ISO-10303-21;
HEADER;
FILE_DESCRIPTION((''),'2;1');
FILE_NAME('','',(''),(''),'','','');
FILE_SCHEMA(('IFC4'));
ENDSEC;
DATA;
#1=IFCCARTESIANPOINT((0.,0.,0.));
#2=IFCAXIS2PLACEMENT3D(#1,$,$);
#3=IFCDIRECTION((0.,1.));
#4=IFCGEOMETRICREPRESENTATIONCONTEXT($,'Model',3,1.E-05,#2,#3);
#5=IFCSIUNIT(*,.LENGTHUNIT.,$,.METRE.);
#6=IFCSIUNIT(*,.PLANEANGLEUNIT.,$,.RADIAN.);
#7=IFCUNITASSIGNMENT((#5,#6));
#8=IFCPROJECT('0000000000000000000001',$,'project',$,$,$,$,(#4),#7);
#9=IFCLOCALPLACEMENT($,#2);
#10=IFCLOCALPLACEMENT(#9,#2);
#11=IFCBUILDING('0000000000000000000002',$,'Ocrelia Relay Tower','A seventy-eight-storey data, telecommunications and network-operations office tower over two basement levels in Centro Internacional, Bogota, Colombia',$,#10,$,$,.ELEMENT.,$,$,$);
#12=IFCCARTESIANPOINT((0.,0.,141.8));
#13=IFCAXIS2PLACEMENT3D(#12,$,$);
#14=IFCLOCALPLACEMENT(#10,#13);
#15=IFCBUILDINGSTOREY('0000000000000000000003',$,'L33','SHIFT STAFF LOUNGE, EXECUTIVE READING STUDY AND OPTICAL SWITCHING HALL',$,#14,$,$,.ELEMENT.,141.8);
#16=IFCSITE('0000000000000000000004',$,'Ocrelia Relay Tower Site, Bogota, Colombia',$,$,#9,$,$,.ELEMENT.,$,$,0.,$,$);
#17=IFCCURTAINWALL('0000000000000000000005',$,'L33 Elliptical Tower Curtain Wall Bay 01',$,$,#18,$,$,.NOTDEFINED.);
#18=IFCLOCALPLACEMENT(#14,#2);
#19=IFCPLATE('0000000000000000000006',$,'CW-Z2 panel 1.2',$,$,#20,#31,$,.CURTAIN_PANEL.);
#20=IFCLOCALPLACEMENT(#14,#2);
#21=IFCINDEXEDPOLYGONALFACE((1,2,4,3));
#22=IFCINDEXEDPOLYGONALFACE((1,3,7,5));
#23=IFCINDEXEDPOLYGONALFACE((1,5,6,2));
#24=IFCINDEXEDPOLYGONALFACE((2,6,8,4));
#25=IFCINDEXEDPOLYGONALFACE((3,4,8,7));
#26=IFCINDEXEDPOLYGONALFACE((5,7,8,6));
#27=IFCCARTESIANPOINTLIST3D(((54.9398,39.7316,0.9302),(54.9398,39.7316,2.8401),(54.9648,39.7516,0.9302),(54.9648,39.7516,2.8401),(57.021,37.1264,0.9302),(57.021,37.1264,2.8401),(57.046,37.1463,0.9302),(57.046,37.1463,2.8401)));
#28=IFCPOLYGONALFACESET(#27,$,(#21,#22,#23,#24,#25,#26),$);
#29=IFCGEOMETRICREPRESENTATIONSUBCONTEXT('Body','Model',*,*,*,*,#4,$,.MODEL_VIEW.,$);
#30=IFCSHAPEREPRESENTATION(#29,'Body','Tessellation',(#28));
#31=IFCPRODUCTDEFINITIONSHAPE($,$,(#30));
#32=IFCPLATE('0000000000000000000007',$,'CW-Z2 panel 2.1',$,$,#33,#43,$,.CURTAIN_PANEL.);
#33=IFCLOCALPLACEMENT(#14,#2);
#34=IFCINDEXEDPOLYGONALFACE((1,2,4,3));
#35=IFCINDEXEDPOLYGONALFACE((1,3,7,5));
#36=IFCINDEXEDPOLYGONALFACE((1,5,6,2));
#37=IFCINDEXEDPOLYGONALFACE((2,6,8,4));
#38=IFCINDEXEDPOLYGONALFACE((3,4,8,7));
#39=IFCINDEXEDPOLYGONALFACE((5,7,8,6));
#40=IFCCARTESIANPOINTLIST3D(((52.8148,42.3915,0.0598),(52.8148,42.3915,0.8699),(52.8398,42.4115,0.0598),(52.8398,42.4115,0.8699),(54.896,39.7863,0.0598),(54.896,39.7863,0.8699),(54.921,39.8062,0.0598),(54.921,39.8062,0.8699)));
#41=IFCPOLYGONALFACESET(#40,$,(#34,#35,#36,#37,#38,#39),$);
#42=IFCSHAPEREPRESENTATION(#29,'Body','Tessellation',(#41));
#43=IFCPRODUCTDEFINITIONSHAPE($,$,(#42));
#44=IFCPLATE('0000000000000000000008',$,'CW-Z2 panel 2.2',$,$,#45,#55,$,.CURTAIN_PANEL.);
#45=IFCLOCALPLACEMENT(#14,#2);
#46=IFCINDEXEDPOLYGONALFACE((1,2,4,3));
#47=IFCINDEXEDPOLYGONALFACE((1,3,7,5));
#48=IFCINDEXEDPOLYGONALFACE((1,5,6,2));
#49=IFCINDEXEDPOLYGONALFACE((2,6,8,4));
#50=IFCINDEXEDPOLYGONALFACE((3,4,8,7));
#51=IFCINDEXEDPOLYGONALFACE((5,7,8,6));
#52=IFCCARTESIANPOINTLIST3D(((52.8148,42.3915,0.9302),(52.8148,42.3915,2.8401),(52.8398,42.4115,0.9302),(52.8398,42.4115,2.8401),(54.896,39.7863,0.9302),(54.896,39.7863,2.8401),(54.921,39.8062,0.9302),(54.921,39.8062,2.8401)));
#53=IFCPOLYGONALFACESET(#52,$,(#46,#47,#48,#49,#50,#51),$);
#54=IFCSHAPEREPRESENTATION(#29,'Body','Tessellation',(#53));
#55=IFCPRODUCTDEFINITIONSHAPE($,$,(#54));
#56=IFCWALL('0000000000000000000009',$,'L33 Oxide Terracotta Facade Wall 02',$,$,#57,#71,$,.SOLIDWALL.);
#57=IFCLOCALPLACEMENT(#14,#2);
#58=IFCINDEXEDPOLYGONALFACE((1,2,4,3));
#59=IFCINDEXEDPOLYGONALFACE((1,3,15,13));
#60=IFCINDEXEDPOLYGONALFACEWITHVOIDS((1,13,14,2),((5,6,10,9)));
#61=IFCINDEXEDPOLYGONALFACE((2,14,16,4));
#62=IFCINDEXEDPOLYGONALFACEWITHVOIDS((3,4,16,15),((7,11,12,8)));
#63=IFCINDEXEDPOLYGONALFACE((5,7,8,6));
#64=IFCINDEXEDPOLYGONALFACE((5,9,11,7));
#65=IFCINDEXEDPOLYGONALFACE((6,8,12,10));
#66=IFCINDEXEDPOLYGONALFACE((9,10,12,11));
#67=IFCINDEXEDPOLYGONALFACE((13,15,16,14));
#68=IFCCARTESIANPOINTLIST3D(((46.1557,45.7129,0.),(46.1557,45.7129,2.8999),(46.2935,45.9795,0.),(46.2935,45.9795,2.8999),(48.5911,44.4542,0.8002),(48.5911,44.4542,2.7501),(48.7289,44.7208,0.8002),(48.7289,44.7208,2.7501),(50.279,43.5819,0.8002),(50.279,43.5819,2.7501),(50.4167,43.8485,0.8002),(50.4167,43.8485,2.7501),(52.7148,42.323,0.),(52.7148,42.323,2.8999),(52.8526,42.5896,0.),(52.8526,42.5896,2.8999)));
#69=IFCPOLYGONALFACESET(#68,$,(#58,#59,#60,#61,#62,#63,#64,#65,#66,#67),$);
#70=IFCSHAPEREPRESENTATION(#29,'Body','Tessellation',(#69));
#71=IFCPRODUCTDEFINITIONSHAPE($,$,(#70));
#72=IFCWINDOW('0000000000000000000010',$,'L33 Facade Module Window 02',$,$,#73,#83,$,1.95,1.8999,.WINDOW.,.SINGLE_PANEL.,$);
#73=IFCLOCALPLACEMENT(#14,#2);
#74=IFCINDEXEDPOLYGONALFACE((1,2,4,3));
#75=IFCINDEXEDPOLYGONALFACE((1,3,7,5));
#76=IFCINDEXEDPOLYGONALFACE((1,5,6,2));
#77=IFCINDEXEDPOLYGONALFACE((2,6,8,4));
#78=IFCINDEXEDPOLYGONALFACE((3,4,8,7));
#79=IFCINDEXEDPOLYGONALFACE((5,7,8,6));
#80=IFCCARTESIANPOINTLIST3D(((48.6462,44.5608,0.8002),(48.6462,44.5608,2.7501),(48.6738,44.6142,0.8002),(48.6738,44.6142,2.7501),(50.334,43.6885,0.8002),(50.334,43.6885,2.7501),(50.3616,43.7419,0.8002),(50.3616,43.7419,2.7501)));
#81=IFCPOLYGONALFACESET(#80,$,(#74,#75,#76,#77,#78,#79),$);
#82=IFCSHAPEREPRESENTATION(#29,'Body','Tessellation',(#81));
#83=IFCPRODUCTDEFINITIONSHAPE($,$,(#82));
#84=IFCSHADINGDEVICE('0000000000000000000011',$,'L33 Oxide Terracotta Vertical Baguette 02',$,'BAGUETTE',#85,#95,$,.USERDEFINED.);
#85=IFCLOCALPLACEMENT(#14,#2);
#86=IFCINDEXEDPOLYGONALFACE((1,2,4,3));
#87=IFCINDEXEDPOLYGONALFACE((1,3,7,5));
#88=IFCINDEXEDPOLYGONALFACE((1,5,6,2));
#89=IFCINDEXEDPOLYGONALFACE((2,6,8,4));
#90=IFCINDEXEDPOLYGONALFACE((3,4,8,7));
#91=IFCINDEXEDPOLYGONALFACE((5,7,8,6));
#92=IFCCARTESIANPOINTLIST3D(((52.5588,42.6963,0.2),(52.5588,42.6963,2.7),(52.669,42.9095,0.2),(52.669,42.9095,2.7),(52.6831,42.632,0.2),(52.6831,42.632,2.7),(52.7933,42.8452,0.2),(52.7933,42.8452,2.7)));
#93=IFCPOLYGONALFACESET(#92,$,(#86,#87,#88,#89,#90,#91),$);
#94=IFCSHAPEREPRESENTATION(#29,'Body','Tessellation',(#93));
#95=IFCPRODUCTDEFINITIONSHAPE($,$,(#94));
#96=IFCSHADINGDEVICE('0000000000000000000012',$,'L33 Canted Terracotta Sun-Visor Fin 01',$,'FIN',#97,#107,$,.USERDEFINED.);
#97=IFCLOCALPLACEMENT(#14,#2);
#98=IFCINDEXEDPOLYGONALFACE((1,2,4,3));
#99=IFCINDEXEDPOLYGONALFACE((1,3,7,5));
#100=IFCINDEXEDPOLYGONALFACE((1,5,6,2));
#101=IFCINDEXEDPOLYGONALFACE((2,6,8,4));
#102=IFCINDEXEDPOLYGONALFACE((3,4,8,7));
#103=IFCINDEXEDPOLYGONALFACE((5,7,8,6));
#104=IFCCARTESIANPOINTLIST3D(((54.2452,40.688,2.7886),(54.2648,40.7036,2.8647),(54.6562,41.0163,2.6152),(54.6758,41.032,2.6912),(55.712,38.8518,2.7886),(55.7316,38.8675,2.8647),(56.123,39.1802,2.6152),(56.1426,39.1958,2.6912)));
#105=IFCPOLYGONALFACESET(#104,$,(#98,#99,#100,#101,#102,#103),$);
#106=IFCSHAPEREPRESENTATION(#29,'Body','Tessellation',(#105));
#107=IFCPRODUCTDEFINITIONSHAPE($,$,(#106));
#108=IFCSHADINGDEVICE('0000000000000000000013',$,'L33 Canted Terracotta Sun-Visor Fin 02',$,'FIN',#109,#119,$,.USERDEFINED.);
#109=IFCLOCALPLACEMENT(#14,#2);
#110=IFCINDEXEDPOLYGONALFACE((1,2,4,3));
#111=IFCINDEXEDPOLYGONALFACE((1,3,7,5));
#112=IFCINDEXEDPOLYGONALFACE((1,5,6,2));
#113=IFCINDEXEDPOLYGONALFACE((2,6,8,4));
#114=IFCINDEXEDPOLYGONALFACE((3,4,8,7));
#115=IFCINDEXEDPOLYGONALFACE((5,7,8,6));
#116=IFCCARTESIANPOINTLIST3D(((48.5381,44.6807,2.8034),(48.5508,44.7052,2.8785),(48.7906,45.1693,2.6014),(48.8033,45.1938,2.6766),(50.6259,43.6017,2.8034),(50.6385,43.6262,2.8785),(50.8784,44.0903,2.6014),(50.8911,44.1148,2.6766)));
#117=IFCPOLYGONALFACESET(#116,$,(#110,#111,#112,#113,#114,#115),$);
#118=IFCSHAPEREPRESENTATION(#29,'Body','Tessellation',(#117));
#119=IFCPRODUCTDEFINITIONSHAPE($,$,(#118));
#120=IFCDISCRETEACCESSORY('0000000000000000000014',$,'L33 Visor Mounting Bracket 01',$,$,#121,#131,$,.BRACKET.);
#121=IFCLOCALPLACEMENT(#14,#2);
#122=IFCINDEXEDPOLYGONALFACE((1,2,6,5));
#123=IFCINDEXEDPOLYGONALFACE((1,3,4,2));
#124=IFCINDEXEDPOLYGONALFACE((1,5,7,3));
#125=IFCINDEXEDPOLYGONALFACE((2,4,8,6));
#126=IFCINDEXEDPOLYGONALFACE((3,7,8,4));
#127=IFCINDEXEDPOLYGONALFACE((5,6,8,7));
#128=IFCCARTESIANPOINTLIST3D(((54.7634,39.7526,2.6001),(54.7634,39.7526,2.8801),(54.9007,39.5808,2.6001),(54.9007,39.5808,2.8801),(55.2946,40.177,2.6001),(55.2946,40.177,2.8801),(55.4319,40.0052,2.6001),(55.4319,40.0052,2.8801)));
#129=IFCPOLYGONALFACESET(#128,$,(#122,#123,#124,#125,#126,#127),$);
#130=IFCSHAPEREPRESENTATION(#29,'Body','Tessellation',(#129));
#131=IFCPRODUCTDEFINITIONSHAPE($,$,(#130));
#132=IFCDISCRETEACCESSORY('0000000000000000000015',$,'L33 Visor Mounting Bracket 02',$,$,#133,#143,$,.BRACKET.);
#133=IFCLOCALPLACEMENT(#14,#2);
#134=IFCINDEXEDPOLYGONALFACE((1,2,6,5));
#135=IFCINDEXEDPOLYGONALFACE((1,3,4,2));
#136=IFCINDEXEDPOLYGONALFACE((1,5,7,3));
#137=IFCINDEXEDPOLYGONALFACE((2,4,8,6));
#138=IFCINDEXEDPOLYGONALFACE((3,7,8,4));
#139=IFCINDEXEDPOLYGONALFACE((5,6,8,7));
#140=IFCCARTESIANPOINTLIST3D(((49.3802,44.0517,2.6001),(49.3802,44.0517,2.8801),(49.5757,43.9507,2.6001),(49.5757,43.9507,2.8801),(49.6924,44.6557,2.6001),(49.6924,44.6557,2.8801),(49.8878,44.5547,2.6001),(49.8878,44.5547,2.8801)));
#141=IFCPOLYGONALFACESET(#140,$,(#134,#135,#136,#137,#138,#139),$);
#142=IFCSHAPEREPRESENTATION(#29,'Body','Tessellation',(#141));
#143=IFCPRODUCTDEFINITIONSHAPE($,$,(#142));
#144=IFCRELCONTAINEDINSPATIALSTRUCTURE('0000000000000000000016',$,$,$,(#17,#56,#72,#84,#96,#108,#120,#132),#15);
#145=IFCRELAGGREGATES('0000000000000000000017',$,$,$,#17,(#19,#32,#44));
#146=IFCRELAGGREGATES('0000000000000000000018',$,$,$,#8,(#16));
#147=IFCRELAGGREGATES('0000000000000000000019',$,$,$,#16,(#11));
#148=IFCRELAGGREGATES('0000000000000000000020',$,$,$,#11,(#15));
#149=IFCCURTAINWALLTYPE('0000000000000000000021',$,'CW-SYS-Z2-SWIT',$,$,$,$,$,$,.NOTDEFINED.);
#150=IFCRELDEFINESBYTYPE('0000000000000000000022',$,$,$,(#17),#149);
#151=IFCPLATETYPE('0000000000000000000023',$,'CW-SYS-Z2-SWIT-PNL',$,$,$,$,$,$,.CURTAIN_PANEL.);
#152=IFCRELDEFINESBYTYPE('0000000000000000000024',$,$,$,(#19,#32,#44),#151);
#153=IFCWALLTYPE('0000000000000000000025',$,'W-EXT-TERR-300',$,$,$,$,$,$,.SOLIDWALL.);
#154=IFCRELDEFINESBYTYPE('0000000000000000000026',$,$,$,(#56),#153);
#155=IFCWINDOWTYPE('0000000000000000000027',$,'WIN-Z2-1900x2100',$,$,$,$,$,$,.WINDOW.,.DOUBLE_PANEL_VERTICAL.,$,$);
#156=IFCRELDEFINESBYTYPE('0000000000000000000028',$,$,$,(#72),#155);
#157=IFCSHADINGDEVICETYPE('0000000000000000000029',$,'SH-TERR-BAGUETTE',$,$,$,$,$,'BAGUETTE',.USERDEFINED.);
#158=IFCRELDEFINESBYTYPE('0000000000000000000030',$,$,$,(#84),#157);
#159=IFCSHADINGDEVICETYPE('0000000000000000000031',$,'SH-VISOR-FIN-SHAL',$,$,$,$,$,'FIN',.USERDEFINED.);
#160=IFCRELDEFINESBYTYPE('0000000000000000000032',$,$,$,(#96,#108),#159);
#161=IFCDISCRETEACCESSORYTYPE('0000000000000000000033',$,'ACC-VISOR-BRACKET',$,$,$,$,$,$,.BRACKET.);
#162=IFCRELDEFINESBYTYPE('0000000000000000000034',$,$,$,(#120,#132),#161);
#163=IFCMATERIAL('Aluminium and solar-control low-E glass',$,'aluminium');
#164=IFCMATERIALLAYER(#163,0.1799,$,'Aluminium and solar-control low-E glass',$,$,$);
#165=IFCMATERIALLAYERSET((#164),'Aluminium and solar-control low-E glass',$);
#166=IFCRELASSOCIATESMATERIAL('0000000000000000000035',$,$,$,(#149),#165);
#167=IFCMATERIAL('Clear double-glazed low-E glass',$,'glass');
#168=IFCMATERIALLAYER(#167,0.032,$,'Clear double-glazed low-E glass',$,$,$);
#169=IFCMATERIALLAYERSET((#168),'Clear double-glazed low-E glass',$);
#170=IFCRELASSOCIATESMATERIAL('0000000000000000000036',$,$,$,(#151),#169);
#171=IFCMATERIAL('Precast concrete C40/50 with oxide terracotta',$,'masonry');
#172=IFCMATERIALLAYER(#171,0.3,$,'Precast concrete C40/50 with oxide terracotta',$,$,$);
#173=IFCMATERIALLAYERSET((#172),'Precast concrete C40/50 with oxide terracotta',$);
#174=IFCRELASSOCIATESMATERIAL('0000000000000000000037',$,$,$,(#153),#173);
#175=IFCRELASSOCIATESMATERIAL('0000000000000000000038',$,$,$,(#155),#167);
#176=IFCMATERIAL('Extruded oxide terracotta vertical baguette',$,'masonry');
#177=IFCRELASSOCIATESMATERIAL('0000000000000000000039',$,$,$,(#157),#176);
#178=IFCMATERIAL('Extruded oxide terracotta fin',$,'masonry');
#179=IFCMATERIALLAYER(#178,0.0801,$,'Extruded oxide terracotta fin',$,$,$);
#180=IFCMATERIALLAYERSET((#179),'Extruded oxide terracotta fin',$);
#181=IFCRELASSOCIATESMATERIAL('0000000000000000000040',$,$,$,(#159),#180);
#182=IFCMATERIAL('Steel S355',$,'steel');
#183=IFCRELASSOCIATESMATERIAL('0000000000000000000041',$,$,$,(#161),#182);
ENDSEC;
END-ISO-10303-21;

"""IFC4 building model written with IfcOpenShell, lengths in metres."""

from ifc_helpers import new_model, si_unit, direction, frame, frame_2d, origin, origin_2d, place, context, subcontext, project, spatial, rectangle, extrude, material, layer, layer_set, type_object, element, fill, aggregate, save


model = new_model("IFC4")

# Units and contexts
model_context = context("Model", 3, precision=1e-05, world=origin(), true_north=direction((0.0, 1.0)))
body_context = subcontext(model_context, "Body", "Model", "MODEL_VIEW")
ifc_project = project(units=[si_unit("LENGTHUNIT", "METRE"), si_unit("PLANEANGLEUNIT", "RADIAN")], contexts=[model_context])

# Site, building, storey
site_placement = place(None, origin())
site = spatial("IfcSite", under=ifc_project, at=site_placement, Name="Ocrelia Relay Tower Site, Bogota, Colombia", CompositionType="ELEMENT", RefElevation=0.0)
building_placement = place(site_placement, origin())
building = spatial("IfcBuilding", under=site, at=building_placement, Name="Ocrelia Relay Tower", Description="A seventy-eight-storey data, telecommunications and network-operations office tower over two basement levels in Centro Internacional, Bogota, Colombia", CompositionType="ELEMENT")
storey_placement = place(building_placement, frame((0.0, 0.0, 141.8)))
storey = spatial("IfcBuildingStorey", under=building, at=storey_placement, Name="L33", Description="SHIFT STAFF LOUNGE, EXECUTIVE READING STUDY AND OPTICAL SWITCHING HALL", CompositionType="ELEMENT", Elevation=141.8)

# Curtain wall
ifc_material_1 = material(Name="Aluminium and solar-control low-E glass", Category="aluminium")
ifc_layer_1 = layer(ifc_material_1, 0.1799, Name="Aluminium and solar-control low-E glass")
ifc_layer_set_1 = layer_set([ifc_layer_1], Name="Aluminium and solar-control low-E glass")
curtain_wall_type = type_object("IfcCurtainWallType", Name="CW-SYS-Z2-SWIT", PredefinedType="NOTDEFINED", material=ifc_layer_set_1)
curtain_wall_1_placement = place(storey_placement, origin())
curtain_wall_1 = element("IfcCurtainWall", 1, at=curtain_wall_1_placement, inside=storey, type_object=curtain_wall_type, Name="L33 Elliptical Tower Curtain Wall Bay 01", PredefinedType="NOTDEFINED")

# Plates
ifc_material_2 = material(Name="Clear double-glazed low-E glass", Category="glass")
ifc_layer_2 = layer(ifc_material_2, 0.032, Name="Clear double-glazed low-E glass")
ifc_layer_set_2 = layer_set([ifc_layer_2], Name="Clear double-glazed low-E glass")
plate_type = type_object("IfcPlateType", Name="CW-SYS-Z2-SWIT-PNL", PredefinedType="CURTAIN_PANEL", material=ifc_layer_set_2)
plate_1_placement = place(storey_placement, frame((55.9929, 38.439, 0.9302), z_axis=(0.0, 0.0, 1.0), x_axis=(-0.624149, 0.781305, 0.0)))
plate_1 = element("IfcPlate", 2, at=plate_1_placement, type_object=plate_type, Name="CW-Z2 panel 1.2", PredefinedType="CURTAIN_PANEL", context=body_context, shape_type="SweptSolid", body=[
    extrude(rectangle(XDim=3.3345, YDim=0.032, at=origin_2d()), origin(), (0.0, 0.0, 1.0), 1.9099),
])
plate_2_placement = place(storey_placement, frame((53.8679, 41.0989, 0.0598), z_axis=(0.0, 0.0, 1.0), x_axis=(-0.624149, 0.781305, 0.0)))
plate_2 = element("IfcPlate", 3, at=plate_2_placement, type_object=plate_type, Name="CW-Z2 panel 2.1", PredefinedType="CURTAIN_PANEL", context=body_context, shape_type="SweptSolid", body=[
    extrude(rectangle(XDim=3.3345, YDim=0.032, at=origin_2d()), origin(), (0.0, 0.0, 1.0), 0.8101),
])
plate_3_placement = place(storey_placement, frame((53.8679, 41.0989, 0.9302), z_axis=(0.0, 0.0, 1.0), x_axis=(-0.624149, 0.781305, 0.0)))
plate_3 = element("IfcPlate", 4, at=plate_3_placement, type_object=plate_type, Name="CW-Z2 panel 2.2", PredefinedType="CURTAIN_PANEL", context=body_context, shape_type="SweptSolid", body=[
    extrude(rectangle(XDim=3.3345, YDim=0.032, at=origin_2d()), origin(), (0.0, 0.0, 1.0), 1.9099),
])
aggregate(curtain_wall_1, [plate_1, plate_2, plate_3])

# Wall, opening, window
ifc_material_3 = material(Name="Precast concrete C40/50 with oxide terracotta", Category="masonry")
ifc_layer_3 = layer(ifc_material_3, 0.3, Name="Precast concrete C40/50 with oxide terracotta")
ifc_layer_set_3 = layer_set([ifc_layer_3], Name="Precast concrete C40/50 with oxide terracotta")
wall_type = type_object("IfcWallType", Name="W-EXT-TERR-300", PredefinedType="SOLIDWALL", material=ifc_layer_set_3)
wall_placement = place(storey_placement, frame((52.7837, 42.4563, 0.0), z_axis=(0.0, 0.0, 1.0), x_axis=(-0.888369, 0.459131, 0.0)))
wall = element("IfcWall", 5, at=wall_placement, inside=storey, type_object=wall_type, Name="L33 Oxide Terracotta Facade Wall 02", PredefinedType="SOLIDWALL", context=body_context, shape_type="SweptSolid", body=[
    extrude(rectangle(XDim=7.3833, YDim=0.3, at=frame_2d((3.6917, 0.0))), origin(), (0.0, 0.0, 1.0), 2.8999),
])
opening_placement = place(wall_placement, frame((2.7419, 0.0, 0.8)))
opening = element("IfcOpeningElement", 6, at=opening_placement, cuts=wall, PredefinedType="OPENING", context=body_context, shape_type="SweptSolid", body=[
    extrude(rectangle(XDim=1.8999, YDim=1.95, at=frame_2d((0.95, 0.9751))), frame((0.0, 0.1602, 0.0), z_axis=(0.0, -1.0, 0.0), x_axis=(1.0, 0.0, 0.0)), (0.0, 0.0, 1.0), 0.3201),
])
window_type = type_object("IfcWindowType", Name="WIN-Z2-1900x2100", PartitioningType="DOUBLE_PANEL_VERTICAL", PredefinedType="WINDOW", material=ifc_material_2)
window_placement = place(opening_placement, origin())
window = element("IfcWindow", 7, at=window_placement, inside=storey, type_object=window_type, Name="L33 Facade Module Window 02", OverallHeight=1.95, OverallWidth=1.8999, PartitioningType="SINGLE_PANEL", PredefinedType="WINDOW", context=body_context, shape_type="SweptSolid", body=[
    extrude(rectangle(XDim=1.8999, YDim=1.95, at=frame_2d((0.95, 0.9751))), frame((0.0, 0.03, 0.0), z_axis=(0.0, -1.0, 0.0), x_axis=(1.0, 0.0, 0.0)), (0.0, 0.0, 1.0), 0.0601),
])
fill(opening, window)

# Shading devices
ifc_material_4 = material(Name="Extruded oxide terracotta vertical baguette", Category="masonry")
shading_device_type_1 = type_object("IfcShadingDeviceType", Name="SH-TERR-BAGUETTE", ElementType="BAGUETTE", PredefinedType="USERDEFINED", material=ifc_material_4)
shading_device_1_placement = place(storey_placement, frame((52.676, 42.7708, 0.2), z_axis=(0.0, 0.0, 1.0), x_axis=(-0.888369, 0.45913, 0.0)))
element("IfcShadingDevice", 8, at=shading_device_1_placement, inside=storey, type_object=shading_device_type_1, Name="L33 Oxide Terracotta Vertical Baguette 02", ObjectType="BAGUETTE", PredefinedType="USERDEFINED", context=body_context, shape_type="SweptSolid", body=[
    extrude(rectangle(XDim=0.1399, YDim=0.24, at=origin_2d()), origin(), (0.0, 0.0, 1.0), 2.5),
])
ifc_material_5 = material(Name="Extruded oxide terracotta fin", Category="masonry")
ifc_layer_4 = layer(ifc_material_5, 0.0801, Name="Extruded oxide terracotta fin")
ifc_layer_set_4 = layer_set([ifc_layer_4], Name="Extruded oxide terracotta fin")
shading_device_type_2 = type_object("IfcShadingDeviceType", Name="SH-VISOR-FIN-SHAL", ElementType="FIN", PredefinedType="USERDEFINED", material=ifc_layer_set_4)
shading_device_2_placement = place(storey_placement, frame((55.1841, 39.9341, 2.7019), z_axis=(0.244677, 0.195461, 0.949699), x_axis=(-0.624149, 0.781305, 0.0)))
element("IfcShadingDevice", 9, at=shading_device_2_placement, inside=storey, type_object=shading_device_type_2, Name="L33 Canted Terracotta Sun-Visor Fin 01", ObjectType="FIN", PredefinedType="USERDEFINED", context=body_context, shape_type="SweptSolid", body=[
    extrude(rectangle(XDim=2.3501, YDim=0.554, at=origin_2d()), origin(), (0.0, 0.0, 1.0), 0.0801),
])
shading_device_3_placement = place(storey_placement, frame((49.7083, 44.3855, 2.7024), z_axis=(0.158236, 0.30617, 0.938734), x_axis=(-0.888369, 0.45913, 0.0)))
element("IfcShadingDevice", 10, at=shading_device_3_placement, inside=storey, type_object=shading_device_type_2, Name="L33 Canted Terracotta Sun-Visor Fin 02", ObjectType="FIN", PredefinedType="USERDEFINED", context=body_context, shape_type="SweptSolid", body=[
    extrude(rectangle(XDim=2.3501, YDim=0.5859, at=origin_2d()), origin(), (0.0, 0.0, 1.0), 0.0801),
])

# Discrete accessories
ifc_material_6 = material(Name="Steel S355", Category="steel")
discrete_accessory_type = type_object("IfcDiscreteAccessoryType", Name="ACC-VISOR-BRACKET", PredefinedType="BRACKET", material=ifc_material_6)
for number, where, z_axis, x_axis, name in (
    (11, (55.0977, 39.8789, 2.6001), (0.0, 0.0, 1.0), (-0.624149, 0.781305, 0.0), "L33 Visor Mounting Bracket 01"),
    (12, (49.634, 44.3032, 2.6001), (0.0, 0.0, 1.0), (-0.888369, 0.45913, 0.0), "L33 Visor Mounting Bracket 02"),
):
    element("IfcDiscreteAccessory", number, at=place(storey_placement, frame(where, z_axis=z_axis, x_axis=x_axis)), inside=storey, type_object=discrete_accessory_type, Name=name, PredefinedType="BRACKET", context=body_context, shape_type="SweptSolid", body=[
        extrude(rectangle(XDim=0.22, YDim=0.6799, at=origin_2d()), origin(), (0.0, 0.0, 1.0), 0.28),
    ])

save(model, "model.ifc")
